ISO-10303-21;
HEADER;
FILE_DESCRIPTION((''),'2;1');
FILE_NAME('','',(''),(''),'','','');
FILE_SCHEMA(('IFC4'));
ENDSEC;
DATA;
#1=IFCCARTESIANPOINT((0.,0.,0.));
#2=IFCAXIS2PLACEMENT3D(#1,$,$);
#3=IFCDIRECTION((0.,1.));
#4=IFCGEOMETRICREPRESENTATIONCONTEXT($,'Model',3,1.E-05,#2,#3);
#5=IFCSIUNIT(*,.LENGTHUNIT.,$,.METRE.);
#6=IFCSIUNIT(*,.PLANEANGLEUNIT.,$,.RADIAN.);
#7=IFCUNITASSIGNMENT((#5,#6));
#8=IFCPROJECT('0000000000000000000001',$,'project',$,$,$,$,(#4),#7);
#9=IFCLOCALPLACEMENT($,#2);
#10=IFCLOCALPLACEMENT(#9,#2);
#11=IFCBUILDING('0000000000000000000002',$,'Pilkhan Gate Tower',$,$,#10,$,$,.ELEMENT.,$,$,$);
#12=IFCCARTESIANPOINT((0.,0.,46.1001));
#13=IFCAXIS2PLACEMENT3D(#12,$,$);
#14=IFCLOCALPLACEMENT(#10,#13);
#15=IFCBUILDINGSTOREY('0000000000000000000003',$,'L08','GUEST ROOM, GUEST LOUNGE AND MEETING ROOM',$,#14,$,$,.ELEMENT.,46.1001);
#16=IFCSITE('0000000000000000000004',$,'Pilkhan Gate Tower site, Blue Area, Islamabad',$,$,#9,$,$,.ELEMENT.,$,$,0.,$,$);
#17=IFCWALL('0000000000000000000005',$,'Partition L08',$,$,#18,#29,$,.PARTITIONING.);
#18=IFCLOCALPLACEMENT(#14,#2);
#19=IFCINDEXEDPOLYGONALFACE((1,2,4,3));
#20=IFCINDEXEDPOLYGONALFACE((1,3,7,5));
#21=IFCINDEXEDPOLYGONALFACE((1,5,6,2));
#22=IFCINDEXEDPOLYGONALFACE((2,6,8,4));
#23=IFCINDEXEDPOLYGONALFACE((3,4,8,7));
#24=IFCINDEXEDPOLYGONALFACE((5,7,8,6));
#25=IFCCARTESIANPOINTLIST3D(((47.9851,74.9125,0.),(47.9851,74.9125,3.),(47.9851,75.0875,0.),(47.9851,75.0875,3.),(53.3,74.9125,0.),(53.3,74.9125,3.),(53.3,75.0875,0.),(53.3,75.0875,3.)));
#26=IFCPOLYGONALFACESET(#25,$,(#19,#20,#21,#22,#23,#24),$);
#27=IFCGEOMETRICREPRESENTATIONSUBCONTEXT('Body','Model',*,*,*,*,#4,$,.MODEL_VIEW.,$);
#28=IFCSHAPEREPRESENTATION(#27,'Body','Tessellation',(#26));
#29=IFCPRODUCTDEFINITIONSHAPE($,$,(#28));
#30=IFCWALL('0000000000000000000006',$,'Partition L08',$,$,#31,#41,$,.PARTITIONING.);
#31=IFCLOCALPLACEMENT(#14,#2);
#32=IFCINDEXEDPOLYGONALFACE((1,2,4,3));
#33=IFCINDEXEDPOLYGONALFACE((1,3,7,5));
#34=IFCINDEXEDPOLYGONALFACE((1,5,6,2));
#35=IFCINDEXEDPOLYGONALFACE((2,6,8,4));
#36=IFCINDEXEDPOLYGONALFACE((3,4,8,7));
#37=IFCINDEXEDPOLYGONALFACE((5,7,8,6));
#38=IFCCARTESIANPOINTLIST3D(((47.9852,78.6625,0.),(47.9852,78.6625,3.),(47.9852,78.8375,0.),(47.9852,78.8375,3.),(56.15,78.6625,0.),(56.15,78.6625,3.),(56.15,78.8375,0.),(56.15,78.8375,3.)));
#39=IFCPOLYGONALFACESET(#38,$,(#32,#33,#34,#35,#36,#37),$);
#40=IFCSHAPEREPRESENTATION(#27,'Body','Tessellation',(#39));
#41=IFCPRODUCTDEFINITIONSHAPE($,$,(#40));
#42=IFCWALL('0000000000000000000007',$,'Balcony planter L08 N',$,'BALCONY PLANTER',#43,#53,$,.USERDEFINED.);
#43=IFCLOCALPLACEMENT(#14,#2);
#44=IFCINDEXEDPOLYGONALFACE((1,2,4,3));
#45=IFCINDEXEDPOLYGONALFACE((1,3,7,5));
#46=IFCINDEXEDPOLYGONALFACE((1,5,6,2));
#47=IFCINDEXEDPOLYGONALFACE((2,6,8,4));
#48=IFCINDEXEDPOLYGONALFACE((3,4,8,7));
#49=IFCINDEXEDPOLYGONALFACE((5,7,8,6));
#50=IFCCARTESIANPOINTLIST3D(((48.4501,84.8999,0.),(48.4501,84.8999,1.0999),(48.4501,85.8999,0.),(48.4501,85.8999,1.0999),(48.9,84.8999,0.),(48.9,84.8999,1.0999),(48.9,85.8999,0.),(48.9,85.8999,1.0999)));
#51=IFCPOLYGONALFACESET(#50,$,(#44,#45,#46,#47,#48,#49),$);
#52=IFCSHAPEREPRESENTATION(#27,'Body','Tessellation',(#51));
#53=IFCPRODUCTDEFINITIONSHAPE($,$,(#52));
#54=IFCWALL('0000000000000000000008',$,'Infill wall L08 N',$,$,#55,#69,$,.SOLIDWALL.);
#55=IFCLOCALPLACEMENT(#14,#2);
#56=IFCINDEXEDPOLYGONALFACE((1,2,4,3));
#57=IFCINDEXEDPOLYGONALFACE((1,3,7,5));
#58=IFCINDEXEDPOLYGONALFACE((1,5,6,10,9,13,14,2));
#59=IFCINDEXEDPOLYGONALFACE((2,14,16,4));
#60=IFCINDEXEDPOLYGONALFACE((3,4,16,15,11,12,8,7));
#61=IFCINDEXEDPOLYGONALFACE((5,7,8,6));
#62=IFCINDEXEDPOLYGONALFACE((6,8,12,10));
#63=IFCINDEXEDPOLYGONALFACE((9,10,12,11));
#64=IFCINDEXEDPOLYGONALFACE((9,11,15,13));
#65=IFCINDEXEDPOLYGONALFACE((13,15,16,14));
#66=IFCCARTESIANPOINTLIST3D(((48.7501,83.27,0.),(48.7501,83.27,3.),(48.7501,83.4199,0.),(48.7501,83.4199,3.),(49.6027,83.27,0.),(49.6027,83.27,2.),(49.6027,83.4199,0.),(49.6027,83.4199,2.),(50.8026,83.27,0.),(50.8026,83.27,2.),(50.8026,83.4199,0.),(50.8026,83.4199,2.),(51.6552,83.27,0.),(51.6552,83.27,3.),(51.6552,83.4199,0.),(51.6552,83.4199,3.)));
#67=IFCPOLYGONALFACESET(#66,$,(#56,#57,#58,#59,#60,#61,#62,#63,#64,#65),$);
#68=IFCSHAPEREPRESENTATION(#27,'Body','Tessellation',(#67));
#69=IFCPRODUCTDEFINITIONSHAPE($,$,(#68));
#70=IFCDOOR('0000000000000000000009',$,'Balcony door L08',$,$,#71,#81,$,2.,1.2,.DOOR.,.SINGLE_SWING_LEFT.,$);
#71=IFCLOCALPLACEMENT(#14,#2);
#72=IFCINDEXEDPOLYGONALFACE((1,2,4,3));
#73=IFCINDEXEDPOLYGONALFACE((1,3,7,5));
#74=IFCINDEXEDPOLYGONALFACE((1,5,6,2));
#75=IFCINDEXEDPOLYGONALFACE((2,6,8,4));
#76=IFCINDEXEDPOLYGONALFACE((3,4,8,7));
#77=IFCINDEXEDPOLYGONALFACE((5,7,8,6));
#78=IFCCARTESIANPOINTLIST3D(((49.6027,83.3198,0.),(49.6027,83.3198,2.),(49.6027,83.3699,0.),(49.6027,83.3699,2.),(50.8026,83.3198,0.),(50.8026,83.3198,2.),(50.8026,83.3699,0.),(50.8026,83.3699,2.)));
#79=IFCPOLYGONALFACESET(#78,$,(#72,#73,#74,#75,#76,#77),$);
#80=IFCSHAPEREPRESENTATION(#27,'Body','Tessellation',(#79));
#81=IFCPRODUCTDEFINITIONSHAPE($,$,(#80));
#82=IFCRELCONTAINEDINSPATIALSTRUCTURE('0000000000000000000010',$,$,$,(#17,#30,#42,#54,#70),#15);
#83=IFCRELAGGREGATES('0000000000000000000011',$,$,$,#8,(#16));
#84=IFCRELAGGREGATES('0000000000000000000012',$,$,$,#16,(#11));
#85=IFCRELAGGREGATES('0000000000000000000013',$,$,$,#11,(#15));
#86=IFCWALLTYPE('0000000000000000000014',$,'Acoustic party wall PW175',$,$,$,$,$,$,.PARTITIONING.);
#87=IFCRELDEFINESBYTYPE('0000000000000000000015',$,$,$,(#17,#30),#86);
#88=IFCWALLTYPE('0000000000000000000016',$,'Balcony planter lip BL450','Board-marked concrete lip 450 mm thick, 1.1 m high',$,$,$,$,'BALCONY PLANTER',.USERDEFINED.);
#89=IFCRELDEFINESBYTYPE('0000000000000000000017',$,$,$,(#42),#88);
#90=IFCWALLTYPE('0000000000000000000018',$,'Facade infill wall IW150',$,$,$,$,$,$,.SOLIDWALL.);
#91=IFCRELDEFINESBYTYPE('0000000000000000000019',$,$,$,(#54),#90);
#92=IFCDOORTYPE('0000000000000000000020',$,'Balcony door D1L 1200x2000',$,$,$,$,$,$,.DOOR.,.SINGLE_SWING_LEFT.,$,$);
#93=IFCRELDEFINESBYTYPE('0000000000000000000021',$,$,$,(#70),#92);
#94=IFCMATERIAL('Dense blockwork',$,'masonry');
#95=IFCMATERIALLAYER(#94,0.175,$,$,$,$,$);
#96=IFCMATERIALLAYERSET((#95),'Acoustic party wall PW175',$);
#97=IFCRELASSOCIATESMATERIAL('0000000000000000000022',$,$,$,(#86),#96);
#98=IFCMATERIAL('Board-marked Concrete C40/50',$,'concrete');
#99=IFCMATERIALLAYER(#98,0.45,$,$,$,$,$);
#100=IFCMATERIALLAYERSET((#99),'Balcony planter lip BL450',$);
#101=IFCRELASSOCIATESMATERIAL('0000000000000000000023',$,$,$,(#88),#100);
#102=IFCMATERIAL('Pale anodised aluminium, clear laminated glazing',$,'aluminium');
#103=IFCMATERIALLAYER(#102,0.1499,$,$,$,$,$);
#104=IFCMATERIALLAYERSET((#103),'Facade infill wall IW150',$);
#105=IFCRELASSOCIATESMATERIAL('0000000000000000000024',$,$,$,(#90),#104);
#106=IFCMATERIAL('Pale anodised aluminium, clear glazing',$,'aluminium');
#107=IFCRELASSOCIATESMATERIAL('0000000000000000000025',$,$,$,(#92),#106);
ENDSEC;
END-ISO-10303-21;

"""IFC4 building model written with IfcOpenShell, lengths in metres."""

from ifc_helpers import new_model, si_unit, direction, frame, frame_2d, origin, place, context, subcontext, project, spatial, rectangle, extrude, material, layer, layer_set, type_object, element, fill, save


model = new_model("IFC4")

# Units and contexts
model_context = context("Model", 3, precision=1e-05, world=origin(), true_north=direction((0.0, 1.0)))
body_context = subcontext(model_context, "Body", "Model", "MODEL_VIEW")
ifc_project = project(units=[si_unit("LENGTHUNIT", "METRE"), si_unit("PLANEANGLEUNIT", "RADIAN")], contexts=[model_context])

# Site, building, storey
site_placement = place(None, origin())
site = spatial("IfcSite", under=ifc_project, at=site_placement, Name="Pilkhan Gate Tower site, Blue Area, Islamabad", CompositionType="ELEMENT", RefElevation=0.0)
building_placement = place(site_placement, origin())
building = spatial("IfcBuilding", under=site, at=building_placement, Name="Pilkhan Gate Tower", CompositionType="ELEMENT")
storey_placement = place(building_placement, frame((0.0, 0.0, 46.1001)))
storey = spatial("IfcBuildingStorey", under=building, at=storey_placement, Name="L08", Description="GUEST ROOM, GUEST LOUNGE AND MEETING ROOM", CompositionType="ELEMENT", Elevation=46.1001)

# Walls
ifc_material_1 = material(Name="Dense blockwork", Category="masonry")
ifc_layer_1 = layer(ifc_material_1, 0.175)
ifc_layer_set_1 = layer_set([ifc_layer_1], Name="Acoustic party wall PW175")
wall_type_1 = type_object("IfcWallType", Name="Acoustic party wall PW175", PredefinedType="PARTITIONING", material=ifc_layer_set_1)
wall_1_placement = place(storey_placement, frame((47.9851, 75.0, 0.0), z_axis=(0.0, 0.0, 1.0), x_axis=(1.0, 0.0, 0.0)))
element("IfcWall", 1, at=wall_1_placement, inside=storey, type_object=wall_type_1, Name="Partition L08", PredefinedType="PARTITIONING", context=body_context, shape_type="SweptSolid", body=[
    extrude(rectangle(XDim=5.3149, YDim=0.175, at=frame_2d((2.6575, 0.0))), origin(), (0.0, 0.0, 1.0), 3.0),
])
wall_2_placement = place(storey_placement, frame((47.9851, 78.75, 0.0), z_axis=(0.0, 0.0, 1.0), x_axis=(1.0, 0.0, 0.0)))
element("IfcWall", 2, at=wall_2_placement, inside=storey, type_object=wall_type_1, Name="Partition L08", PredefinedType="PARTITIONING", context=body_context, shape_type="SweptSolid", body=[
    extrude(rectangle(XDim=8.1648, YDim=0.175, at=frame_2d((4.0825, 0.0))), origin(), (0.0, 0.0, 1.0), 3.0),
])
ifc_material_2 = material(Name="Board-marked Concrete C40/50", Category="concrete")
ifc_layer_2 = layer(ifc_material_2, 0.45)
ifc_layer_set_2 = layer_set([ifc_layer_2], Name="Balcony planter lip BL450")
wall_type_2 = type_object("IfcWallType", Name="Balcony planter lip BL450", Description="Board-marked concrete lip 450 mm thick, 1.1 m high", ElementType="BALCONY PLANTER", PredefinedType="USERDEFINED", material=ifc_layer_set_2)
wall_3_placement = place(storey_placement, frame((48.675, 84.8999, 0.0), z_axis=(0.0, 0.0, 1.0), x_axis=(0.0, 1.0, 0.0)))
element("IfcWall", 3, at=wall_3_placement, inside=storey, type_object=wall_type_2, Name="Balcony planter L08 N", ObjectType="BALCONY PLANTER", PredefinedType="USERDEFINED", context=body_context, shape_type="SweptSolid", body=[
    extrude(rectangle(XDim=1.0, YDim=0.45, at=frame_2d((0.5, 0.0))), origin(), (0.0, 0.0, 1.0), 1.0999),
])

# Wall, opening, door
ifc_material_3 = material(Name="Pale anodised aluminium, clear laminated glazing", Category="aluminium")
ifc_layer_3 = layer(ifc_material_3, 0.1499)
ifc_layer_set_3 = layer_set([ifc_layer_3], Name="Facade infill wall IW150")
wall_type_3 = type_object("IfcWallType", Name="Facade infill wall IW150", PredefinedType="SOLIDWALL", material=ifc_layer_set_3)
wall_4_placement = place(storey_placement, frame((48.75, 83.345, 0.0), z_axis=(0.0, 0.0, 1.0), x_axis=(1.0, 0.0, 0.0)))
wall_4 = element("IfcWall", 4, at=wall_4_placement, inside=storey, type_object=wall_type_3, Name="Infill wall L08 N", PredefinedType="SOLIDWALL", context=body_context, shape_type="SweptSolid", body=[
    extrude(rectangle(XDim=2.905, YDim=0.1499, at=frame_2d((1.4526, 0.0))), origin(), (0.0, 0.0, 1.0), 3.0),
])
opening_placement = place(wall_4_placement, frame((0.8525, 0.0, 0.0)))
opening = element("IfcOpeningElement", 5, at=opening_placement, cuts=wall_4, PredefinedType="OPENING", context=body_context, shape_type="SweptSolid", body=[
    extrude(rectangle(XDim=1.2, YDim=2.0, at=frame_2d((0.6001, 1.0))), frame((0.0, 0.085, 0.0), z_axis=(0.0, -1.0, 0.0), x_axis=(1.0, 0.0, 0.0)), (0.0, 0.0, 1.0), 0.1699),
])
ifc_material_4 = material(Name="Pale anodised aluminium, clear glazing", Category="aluminium")
door_type = type_object("IfcDoorType", Name="Balcony door D1L 1200x2000", OperationType="SINGLE_SWING_LEFT", PredefinedType="DOOR", material=ifc_material_4)
door_placement = place(opening_placement, origin())
door = element("IfcDoor", 6, at=door_placement, inside=storey, type_object=door_type, Name="Balcony door L08", OperationType="SINGLE_SWING_LEFT", OverallHeight=2.0, OverallWidth=1.2, PredefinedType="DOOR", context=body_context, shape_type="SweptSolid", body=[
    extrude(rectangle(XDim=1.2, YDim=2.0, at=frame_2d((0.6001, 1.0))), frame((0.0, 0.0249, 0.0), z_axis=(0.0, -1.0, 0.0), x_axis=(1.0, 0.0, 0.0)), (0.0, 0.0, 1.0), 0.05),
])
fill(opening, door)

save(model, "model.ifc")
